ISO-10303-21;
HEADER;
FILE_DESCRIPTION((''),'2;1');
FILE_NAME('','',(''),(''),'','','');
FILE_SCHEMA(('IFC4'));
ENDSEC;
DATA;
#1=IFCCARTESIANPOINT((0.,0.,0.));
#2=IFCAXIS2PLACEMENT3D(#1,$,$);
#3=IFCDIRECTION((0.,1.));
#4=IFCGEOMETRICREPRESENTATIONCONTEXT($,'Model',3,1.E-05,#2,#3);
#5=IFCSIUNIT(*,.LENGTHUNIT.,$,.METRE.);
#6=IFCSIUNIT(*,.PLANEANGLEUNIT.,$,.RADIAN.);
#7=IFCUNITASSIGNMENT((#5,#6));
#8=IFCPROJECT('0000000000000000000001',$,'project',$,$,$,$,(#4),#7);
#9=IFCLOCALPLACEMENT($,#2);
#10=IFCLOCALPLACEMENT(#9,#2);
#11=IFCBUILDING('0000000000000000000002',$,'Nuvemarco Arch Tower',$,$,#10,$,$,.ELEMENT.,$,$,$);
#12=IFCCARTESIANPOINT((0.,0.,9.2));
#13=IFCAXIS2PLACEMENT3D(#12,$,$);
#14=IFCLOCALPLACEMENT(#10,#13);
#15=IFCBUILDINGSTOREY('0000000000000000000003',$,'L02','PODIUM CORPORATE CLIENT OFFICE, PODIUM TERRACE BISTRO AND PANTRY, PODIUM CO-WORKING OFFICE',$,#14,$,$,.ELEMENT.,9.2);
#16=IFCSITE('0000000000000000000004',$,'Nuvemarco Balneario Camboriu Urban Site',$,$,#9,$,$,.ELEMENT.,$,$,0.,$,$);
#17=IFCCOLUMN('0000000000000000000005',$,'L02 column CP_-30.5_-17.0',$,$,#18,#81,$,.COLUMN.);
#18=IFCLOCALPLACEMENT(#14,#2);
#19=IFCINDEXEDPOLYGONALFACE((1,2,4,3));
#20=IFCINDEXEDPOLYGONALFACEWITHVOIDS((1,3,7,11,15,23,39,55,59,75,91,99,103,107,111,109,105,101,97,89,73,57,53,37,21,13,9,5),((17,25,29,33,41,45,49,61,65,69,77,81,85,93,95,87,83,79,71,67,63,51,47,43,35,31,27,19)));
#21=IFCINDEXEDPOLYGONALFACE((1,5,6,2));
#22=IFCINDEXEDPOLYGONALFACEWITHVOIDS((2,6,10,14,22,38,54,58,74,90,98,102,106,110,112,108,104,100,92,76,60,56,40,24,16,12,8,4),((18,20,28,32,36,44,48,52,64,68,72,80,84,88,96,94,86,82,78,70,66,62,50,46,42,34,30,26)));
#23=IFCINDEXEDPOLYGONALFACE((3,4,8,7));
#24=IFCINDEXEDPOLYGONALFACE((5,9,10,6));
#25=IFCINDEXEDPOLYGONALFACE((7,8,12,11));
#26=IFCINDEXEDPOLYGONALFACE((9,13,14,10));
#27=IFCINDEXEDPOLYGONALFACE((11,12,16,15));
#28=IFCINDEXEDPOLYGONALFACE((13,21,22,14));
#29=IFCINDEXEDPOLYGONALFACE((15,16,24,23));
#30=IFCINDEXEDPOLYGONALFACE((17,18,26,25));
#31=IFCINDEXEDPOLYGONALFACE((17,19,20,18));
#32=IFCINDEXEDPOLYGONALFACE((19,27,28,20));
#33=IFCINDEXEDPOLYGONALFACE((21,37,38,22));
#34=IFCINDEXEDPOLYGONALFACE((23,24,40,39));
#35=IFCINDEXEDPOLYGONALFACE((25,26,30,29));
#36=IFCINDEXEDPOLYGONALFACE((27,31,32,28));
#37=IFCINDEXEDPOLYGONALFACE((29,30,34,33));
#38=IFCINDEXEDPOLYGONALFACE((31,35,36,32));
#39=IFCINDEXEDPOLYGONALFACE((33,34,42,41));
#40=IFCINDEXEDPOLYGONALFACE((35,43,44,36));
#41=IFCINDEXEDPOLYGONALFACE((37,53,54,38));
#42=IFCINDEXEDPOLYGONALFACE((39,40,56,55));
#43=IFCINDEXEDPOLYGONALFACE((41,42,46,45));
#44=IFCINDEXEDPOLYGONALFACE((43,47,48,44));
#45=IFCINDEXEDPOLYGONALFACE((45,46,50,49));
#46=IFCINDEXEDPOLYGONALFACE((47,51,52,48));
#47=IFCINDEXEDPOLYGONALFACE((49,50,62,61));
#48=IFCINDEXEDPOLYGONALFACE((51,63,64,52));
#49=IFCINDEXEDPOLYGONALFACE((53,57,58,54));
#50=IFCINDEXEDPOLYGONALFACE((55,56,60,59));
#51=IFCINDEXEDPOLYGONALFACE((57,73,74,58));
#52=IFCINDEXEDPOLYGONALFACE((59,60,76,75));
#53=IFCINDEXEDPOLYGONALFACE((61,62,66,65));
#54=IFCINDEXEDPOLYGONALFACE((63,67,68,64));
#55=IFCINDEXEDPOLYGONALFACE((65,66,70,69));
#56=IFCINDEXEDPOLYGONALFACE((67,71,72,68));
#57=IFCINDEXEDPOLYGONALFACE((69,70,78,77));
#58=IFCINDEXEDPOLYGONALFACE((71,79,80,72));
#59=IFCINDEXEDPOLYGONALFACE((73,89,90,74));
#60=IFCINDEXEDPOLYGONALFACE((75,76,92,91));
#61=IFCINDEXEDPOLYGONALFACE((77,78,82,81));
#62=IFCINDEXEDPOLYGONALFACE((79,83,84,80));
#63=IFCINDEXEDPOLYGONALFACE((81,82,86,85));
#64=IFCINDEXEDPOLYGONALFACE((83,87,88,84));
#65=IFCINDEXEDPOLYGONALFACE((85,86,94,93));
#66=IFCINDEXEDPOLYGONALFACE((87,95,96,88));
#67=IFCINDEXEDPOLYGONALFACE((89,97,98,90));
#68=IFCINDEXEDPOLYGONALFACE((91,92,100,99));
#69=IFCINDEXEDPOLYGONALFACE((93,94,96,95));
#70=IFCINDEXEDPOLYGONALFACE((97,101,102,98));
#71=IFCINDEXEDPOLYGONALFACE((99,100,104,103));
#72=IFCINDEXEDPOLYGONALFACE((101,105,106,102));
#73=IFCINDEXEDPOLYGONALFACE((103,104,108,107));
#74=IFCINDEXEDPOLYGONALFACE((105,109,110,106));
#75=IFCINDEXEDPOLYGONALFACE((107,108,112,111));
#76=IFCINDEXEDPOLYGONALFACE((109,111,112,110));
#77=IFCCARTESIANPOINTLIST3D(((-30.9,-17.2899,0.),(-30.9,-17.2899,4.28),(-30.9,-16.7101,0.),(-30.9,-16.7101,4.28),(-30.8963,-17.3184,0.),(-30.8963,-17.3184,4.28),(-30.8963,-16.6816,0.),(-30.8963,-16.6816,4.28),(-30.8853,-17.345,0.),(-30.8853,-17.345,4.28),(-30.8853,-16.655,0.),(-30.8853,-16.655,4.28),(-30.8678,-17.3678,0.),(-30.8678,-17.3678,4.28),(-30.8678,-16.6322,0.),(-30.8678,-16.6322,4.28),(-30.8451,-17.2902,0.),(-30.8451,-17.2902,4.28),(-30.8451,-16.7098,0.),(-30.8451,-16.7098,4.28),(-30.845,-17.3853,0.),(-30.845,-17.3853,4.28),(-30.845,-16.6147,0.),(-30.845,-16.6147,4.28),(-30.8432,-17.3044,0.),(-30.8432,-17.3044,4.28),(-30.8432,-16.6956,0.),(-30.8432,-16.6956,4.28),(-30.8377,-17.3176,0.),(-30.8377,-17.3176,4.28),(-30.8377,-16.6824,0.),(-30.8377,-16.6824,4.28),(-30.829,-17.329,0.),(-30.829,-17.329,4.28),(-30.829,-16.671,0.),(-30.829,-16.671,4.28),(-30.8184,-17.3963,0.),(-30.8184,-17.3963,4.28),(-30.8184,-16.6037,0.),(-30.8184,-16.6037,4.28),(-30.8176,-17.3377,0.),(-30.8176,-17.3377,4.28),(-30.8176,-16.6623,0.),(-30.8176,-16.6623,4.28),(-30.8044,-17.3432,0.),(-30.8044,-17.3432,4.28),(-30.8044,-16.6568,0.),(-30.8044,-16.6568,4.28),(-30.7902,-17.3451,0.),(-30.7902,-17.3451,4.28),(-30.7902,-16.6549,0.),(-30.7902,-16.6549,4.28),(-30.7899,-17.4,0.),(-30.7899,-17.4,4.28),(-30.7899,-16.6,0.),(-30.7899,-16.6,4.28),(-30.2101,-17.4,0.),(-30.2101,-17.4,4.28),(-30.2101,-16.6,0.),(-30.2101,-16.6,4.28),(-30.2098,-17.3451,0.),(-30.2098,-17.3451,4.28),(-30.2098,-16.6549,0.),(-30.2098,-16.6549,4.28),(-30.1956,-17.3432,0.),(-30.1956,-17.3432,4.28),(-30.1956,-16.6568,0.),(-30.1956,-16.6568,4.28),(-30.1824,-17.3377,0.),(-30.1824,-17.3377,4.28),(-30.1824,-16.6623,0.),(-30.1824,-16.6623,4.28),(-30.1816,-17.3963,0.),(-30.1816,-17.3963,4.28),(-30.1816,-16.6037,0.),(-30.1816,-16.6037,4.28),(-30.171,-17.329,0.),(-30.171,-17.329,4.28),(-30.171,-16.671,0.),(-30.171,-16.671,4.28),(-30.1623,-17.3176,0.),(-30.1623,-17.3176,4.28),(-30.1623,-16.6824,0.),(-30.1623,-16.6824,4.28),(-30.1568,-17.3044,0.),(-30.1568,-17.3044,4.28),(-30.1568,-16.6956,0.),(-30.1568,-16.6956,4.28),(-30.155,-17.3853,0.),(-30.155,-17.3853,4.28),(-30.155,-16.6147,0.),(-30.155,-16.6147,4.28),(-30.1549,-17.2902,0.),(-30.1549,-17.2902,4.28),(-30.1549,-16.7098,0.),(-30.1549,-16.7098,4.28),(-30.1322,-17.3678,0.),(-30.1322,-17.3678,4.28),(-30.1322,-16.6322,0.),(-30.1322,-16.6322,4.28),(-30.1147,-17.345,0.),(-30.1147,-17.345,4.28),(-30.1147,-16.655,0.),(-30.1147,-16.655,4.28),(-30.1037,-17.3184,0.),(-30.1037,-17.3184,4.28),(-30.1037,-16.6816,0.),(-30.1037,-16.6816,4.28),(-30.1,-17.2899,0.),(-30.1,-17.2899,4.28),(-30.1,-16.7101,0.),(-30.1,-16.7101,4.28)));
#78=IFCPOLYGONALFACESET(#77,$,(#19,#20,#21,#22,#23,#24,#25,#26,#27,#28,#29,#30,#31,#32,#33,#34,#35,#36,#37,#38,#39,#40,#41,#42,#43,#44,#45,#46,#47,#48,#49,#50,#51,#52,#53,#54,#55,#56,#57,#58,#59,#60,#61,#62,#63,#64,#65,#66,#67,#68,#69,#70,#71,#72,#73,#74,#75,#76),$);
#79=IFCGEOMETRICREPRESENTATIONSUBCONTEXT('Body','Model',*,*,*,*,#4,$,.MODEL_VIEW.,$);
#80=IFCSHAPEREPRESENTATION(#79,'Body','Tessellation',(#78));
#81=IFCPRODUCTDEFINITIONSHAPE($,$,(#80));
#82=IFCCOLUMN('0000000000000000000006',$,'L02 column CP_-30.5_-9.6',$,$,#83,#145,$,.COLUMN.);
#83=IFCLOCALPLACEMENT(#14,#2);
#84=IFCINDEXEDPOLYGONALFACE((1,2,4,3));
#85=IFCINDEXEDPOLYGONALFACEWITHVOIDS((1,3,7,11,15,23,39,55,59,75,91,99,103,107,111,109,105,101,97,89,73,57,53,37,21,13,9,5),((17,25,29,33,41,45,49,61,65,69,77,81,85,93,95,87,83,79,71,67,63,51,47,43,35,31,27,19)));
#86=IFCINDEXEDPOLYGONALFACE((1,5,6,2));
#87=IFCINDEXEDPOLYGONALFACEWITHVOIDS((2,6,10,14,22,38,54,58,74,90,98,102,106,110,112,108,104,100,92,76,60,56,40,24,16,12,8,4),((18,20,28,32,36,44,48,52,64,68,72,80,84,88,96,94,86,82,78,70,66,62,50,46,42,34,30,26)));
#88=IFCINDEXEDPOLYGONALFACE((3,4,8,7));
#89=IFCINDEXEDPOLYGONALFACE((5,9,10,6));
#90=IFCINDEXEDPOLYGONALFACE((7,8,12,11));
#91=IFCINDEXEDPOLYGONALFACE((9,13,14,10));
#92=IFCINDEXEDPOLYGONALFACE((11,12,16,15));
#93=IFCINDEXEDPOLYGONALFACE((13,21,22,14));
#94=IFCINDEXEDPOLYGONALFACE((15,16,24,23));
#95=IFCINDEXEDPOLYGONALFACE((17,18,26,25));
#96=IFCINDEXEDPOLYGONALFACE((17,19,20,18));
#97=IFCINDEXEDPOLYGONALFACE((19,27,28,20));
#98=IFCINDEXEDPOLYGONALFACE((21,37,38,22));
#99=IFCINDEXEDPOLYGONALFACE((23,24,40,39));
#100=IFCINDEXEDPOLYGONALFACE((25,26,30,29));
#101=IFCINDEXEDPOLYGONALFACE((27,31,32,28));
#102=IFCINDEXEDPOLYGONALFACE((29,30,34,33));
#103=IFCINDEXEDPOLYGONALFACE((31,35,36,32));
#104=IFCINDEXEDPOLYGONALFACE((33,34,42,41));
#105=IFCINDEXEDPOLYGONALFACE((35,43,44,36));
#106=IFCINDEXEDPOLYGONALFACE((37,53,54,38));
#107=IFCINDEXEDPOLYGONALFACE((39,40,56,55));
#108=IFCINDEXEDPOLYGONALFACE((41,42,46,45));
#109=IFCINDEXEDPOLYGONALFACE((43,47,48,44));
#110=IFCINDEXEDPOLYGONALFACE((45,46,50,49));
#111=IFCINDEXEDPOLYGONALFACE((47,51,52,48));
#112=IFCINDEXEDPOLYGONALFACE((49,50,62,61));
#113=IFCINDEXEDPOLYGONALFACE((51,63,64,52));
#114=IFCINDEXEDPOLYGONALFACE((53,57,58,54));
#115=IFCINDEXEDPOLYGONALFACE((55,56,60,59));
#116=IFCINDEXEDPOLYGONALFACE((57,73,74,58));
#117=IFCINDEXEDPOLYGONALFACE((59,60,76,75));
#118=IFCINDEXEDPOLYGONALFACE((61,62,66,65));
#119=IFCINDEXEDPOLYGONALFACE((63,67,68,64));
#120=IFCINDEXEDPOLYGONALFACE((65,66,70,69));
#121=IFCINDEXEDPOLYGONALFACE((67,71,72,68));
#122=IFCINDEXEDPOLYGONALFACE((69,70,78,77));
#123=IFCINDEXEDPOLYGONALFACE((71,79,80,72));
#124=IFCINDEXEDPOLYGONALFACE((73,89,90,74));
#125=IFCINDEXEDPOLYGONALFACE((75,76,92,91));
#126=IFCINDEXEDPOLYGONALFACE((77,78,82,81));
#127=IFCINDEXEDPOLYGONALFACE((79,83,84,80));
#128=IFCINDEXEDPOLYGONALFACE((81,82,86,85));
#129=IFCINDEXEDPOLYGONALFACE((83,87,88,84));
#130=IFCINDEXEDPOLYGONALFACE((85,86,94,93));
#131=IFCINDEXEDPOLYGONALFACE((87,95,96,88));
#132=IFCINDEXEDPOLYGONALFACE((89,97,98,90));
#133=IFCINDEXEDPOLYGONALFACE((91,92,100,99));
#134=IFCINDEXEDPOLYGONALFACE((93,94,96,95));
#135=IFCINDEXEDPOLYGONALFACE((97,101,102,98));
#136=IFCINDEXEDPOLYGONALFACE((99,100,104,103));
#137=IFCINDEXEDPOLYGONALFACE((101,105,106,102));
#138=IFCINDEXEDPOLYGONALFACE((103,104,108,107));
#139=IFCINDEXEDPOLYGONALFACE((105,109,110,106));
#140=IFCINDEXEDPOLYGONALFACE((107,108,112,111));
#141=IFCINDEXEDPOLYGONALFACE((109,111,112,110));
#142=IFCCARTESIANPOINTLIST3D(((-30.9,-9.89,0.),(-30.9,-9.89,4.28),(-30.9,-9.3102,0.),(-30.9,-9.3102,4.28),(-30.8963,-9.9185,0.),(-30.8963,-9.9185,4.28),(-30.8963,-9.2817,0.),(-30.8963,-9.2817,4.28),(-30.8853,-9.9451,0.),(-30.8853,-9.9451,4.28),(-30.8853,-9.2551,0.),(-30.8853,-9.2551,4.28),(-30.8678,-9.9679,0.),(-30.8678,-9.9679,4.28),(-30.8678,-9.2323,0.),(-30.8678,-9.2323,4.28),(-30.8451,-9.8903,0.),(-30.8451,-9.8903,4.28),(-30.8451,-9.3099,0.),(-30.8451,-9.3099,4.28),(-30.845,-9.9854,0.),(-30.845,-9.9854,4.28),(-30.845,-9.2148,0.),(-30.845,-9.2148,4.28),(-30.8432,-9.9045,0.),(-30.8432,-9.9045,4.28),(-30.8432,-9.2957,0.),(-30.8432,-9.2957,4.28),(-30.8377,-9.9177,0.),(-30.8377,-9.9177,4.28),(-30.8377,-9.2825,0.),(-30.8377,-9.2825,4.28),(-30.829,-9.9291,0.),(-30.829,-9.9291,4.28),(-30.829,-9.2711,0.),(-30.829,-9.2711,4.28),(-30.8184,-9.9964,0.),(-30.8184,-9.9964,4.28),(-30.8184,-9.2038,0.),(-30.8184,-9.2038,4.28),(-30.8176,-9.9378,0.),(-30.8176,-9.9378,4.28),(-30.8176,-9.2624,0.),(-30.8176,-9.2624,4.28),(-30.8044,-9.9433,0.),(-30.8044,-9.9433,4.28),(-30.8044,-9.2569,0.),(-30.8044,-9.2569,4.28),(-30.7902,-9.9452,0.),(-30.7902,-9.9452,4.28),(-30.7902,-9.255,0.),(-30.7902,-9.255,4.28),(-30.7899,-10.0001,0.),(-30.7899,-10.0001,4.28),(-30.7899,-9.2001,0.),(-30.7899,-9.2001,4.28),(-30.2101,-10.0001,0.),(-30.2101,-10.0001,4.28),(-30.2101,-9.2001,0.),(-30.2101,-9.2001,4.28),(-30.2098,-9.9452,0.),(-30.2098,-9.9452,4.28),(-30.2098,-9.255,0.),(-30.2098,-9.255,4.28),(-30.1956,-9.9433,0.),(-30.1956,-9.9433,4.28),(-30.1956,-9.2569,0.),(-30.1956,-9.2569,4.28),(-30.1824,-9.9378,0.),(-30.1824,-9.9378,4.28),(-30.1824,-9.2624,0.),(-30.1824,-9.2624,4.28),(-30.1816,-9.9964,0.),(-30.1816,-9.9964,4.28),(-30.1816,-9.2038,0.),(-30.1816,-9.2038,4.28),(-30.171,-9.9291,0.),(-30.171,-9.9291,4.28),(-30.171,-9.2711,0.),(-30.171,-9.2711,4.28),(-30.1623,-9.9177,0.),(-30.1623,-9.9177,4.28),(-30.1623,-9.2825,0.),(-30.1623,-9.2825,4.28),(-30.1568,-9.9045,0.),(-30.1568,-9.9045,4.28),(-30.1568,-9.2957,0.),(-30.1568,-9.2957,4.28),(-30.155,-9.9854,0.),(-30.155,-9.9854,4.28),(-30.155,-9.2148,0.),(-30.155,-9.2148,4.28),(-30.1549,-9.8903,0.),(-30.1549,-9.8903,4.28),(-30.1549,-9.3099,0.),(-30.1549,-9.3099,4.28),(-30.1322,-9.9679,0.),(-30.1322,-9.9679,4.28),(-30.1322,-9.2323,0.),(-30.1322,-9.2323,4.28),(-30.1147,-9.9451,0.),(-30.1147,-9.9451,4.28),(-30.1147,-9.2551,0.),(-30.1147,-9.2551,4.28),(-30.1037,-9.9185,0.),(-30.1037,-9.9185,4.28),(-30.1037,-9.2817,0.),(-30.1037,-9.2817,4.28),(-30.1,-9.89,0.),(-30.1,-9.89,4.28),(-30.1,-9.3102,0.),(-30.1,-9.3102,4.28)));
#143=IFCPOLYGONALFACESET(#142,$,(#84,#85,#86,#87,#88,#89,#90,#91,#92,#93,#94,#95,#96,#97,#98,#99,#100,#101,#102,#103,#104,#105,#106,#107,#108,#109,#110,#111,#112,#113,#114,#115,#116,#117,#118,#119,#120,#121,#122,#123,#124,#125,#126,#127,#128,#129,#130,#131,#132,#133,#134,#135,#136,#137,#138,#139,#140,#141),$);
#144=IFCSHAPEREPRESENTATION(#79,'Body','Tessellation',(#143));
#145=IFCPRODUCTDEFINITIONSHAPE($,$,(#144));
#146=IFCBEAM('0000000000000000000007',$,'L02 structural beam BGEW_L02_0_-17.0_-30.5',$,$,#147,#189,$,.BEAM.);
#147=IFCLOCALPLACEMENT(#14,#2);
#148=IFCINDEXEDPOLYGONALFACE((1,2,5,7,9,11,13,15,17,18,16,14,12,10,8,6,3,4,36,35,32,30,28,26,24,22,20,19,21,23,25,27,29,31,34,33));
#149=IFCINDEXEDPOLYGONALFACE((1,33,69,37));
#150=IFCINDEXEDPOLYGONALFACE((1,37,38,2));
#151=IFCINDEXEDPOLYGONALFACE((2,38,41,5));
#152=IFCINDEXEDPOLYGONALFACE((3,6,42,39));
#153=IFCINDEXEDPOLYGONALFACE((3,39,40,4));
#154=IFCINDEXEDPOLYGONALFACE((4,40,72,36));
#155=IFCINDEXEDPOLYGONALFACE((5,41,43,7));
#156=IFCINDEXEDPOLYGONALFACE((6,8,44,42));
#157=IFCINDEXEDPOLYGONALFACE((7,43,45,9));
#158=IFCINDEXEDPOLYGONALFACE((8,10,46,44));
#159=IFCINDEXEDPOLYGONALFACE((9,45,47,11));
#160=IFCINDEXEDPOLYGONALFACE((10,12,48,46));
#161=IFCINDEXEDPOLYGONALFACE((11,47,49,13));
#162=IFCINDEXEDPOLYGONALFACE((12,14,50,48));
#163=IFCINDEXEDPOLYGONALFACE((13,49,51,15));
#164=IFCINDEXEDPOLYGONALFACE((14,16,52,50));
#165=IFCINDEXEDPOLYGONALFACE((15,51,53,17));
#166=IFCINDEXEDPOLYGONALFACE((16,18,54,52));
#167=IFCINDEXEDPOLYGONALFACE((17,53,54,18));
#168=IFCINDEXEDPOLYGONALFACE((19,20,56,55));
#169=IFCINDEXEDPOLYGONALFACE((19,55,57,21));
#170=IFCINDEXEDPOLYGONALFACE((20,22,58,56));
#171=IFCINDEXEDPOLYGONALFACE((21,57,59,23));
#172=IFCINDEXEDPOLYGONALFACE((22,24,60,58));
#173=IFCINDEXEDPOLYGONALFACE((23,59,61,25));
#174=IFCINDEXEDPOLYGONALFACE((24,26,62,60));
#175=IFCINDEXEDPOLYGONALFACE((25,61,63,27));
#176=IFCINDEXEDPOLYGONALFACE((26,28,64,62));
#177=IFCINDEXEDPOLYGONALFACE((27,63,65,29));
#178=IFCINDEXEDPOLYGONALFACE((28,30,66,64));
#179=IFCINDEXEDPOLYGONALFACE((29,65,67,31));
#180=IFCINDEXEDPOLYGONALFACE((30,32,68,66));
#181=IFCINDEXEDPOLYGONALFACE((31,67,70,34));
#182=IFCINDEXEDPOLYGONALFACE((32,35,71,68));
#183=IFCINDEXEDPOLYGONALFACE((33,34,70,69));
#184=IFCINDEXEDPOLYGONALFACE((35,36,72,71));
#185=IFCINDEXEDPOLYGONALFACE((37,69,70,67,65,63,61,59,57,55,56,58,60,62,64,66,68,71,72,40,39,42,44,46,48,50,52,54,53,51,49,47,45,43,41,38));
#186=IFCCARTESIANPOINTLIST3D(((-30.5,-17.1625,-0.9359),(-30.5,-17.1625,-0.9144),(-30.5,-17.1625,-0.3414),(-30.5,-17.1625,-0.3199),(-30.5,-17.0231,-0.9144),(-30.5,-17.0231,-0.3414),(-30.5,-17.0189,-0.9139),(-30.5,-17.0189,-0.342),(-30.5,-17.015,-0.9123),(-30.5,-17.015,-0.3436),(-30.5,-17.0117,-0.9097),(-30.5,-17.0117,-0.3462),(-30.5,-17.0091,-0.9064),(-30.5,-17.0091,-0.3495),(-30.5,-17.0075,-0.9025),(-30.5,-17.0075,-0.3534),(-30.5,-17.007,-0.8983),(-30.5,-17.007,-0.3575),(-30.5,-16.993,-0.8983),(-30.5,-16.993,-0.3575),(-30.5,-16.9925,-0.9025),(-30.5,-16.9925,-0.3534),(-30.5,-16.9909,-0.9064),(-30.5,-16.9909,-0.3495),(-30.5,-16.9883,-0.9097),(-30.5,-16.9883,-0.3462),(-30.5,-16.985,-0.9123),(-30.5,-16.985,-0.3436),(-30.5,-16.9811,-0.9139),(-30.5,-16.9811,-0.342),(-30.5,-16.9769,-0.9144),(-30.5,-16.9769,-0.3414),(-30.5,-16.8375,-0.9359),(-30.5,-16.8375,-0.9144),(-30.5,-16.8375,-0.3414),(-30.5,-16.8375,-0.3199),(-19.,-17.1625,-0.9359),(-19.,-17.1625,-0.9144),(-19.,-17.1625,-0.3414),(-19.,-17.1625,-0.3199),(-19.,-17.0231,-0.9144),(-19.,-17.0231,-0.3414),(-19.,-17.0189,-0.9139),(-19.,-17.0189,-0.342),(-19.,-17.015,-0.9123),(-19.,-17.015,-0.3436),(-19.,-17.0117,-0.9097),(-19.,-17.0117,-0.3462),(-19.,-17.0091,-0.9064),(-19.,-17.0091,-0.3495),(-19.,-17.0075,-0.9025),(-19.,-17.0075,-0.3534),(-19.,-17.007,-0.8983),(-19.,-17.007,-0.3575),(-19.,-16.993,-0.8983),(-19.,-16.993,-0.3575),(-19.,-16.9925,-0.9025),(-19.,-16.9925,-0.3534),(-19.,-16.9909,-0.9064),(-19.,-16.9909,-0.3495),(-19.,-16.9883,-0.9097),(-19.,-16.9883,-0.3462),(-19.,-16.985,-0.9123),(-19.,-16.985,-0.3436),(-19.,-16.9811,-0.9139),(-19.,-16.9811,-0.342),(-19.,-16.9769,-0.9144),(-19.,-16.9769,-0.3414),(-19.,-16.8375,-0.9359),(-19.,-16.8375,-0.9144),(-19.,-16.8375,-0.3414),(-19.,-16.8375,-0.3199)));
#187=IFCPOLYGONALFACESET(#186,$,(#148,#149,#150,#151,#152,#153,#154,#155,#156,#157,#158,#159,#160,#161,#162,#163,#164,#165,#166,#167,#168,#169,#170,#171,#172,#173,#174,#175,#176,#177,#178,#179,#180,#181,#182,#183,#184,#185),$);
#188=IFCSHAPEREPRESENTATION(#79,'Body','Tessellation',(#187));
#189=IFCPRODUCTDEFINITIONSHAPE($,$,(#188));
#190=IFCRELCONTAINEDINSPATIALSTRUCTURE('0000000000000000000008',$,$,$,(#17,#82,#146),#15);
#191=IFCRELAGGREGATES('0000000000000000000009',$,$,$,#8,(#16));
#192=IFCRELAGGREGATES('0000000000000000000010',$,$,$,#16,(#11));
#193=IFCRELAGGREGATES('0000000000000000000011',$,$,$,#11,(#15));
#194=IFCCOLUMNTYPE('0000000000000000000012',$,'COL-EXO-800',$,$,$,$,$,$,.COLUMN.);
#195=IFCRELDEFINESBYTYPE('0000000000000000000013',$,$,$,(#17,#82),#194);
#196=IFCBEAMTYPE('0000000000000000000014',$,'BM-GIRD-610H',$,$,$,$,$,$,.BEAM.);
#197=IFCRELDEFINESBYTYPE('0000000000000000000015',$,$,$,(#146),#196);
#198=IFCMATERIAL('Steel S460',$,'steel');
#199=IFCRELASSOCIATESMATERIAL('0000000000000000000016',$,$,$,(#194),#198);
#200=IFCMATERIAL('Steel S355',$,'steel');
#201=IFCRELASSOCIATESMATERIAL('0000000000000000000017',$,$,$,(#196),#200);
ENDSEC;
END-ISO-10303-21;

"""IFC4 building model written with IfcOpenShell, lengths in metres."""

from ifc_helpers import new_model, si_unit, direction, frame, origin, origin_2d, place, context, subcontext, project, spatial, hollow_rectangle, i_section, extrude, material, material_profile, profile_set, type_object, element, save


model = new_model("IFC4")

# Units and contexts
model_context = context("Model", 3, precision=1e-05, world=origin(), true_north=direction((0.0, 1.0)))
body_context = subcontext(model_context, "Body", "Model", "MODEL_VIEW")
ifc_project = project(units=[si_unit("LENGTHUNIT", "METRE"), si_unit("PLANEANGLEUNIT", "RADIAN")], contexts=[model_context])

# Site, building, storey
site_placement = place(None, origin())
site = spatial("IfcSite", under=ifc_project, at=site_placement, Name="Nuvemarco Balneario Camboriu Urban Site", CompositionType="ELEMENT", RefElevation=0.0)
building_placement = place(site_placement, origin())
building = spatial("IfcBuilding", under=site, at=building_placement, Name="Nuvemarco Arch Tower", CompositionType="ELEMENT")
storey_placement = place(building_placement, frame((0.0, 0.0, 9.2)))
storey = spatial("IfcBuildingStorey", under=building, at=storey_placement, Name="L02", Description="PODIUM CORPORATE CLIENT OFFICE, PODIUM TERRACE BISTRO AND PANTRY, PODIUM CO-WORKING OFFICE", CompositionType="ELEMENT", Elevation=9.2)

# Columns
ifc_material_1 = material(Name="Steel S460", Category="steel")
ifc_material_profile_1 = material_profile(ifc_material_1, hollow_rectangle(XDim=0.8, YDim=0.8, WallThickness=0.0549, InnerFilletRadius=0.0549, OuterFilletRadius=0.1101, at=origin_2d()), Name="SHS800x800x55")
ifc_profile_set_1 = profile_set([ifc_material_profile_1], Name="Steel S460")
column_type = type_object("IfcColumnType", Name="COL-EXO-800", PredefinedType="COLUMN", material=ifc_profile_set_1)
for number, where, z_axis, x_axis, name in (
    (1, (-30.5, -17.0, 0.0), (0.0, 0.0, 1.0), (1.0, 0.0, 0.0), "L02 column CP_-30.5_-17.0"),
    (2, (-30.5, -9.6001, 0.0), (0.0, 0.0, 1.0), (1.0, 0.0, 0.0), "L02 column CP_-30.5_-9.6"),
):
    element("IfcColumn", number, at=place(storey_placement, frame(where, z_axis=z_axis, x_axis=x_axis)), inside=storey, type_object=column_type, Name=name, PredefinedType="COLUMN", context=body_context, shape_type="SweptSolid", body=[
        extrude(hollow_rectangle(XDim=0.8, YDim=0.8, WallThickness=0.0549, InnerFilletRadius=0.0549, OuterFilletRadius=0.1101, at=origin_2d()), origin(), (0.0, 0.0, 1.0), 4.28),
    ])

# Beam
ifc_material_2 = material(Name="Steel S355", Category="steel")
ifc_material_profile_2 = material_profile(ifc_material_2, i_section(OverallWidth=0.325, OverallDepth=0.616, WebThickness=0.0139, FlangeThickness=0.0215, FilletRadius=0.0161, at=origin_2d()), Name="W610x174")
ifc_profile_set_2 = profile_set([ifc_material_profile_2], Name="Steel S355")
beam_type_1 = type_object("IfcBeamType", Name="BM-GIRD-610H", PredefinedType="BEAM", material=ifc_profile_set_2)
for number, where, z_axis, x_axis, name in (
    (3, (-30.5, -17.0, -0.6279), (1.0, 0.0, 0.0), (0.0, 1.0, 0.0), "L02 structural beam BGEW_L02_0_-17.0_-30.5"),
):
    element("IfcBeam", number, at=place(storey_placement, frame(where, z_axis=z_axis, x_axis=x_axis)), inside=storey, type_object=beam_type_1, Name=name, PredefinedType="BEAM", context=body_context, shape_type="SweptSolid", body=[
        extrude(i_section(OverallWidth=0.325, OverallDepth=0.616, WebThickness=0.0139, FlangeThickness=0.0215, FilletRadius=0.0161, at=origin_2d()), origin(), (0.0, 0.0, 1.0), 11.5),
    ])

save(model, "model.ifc")
